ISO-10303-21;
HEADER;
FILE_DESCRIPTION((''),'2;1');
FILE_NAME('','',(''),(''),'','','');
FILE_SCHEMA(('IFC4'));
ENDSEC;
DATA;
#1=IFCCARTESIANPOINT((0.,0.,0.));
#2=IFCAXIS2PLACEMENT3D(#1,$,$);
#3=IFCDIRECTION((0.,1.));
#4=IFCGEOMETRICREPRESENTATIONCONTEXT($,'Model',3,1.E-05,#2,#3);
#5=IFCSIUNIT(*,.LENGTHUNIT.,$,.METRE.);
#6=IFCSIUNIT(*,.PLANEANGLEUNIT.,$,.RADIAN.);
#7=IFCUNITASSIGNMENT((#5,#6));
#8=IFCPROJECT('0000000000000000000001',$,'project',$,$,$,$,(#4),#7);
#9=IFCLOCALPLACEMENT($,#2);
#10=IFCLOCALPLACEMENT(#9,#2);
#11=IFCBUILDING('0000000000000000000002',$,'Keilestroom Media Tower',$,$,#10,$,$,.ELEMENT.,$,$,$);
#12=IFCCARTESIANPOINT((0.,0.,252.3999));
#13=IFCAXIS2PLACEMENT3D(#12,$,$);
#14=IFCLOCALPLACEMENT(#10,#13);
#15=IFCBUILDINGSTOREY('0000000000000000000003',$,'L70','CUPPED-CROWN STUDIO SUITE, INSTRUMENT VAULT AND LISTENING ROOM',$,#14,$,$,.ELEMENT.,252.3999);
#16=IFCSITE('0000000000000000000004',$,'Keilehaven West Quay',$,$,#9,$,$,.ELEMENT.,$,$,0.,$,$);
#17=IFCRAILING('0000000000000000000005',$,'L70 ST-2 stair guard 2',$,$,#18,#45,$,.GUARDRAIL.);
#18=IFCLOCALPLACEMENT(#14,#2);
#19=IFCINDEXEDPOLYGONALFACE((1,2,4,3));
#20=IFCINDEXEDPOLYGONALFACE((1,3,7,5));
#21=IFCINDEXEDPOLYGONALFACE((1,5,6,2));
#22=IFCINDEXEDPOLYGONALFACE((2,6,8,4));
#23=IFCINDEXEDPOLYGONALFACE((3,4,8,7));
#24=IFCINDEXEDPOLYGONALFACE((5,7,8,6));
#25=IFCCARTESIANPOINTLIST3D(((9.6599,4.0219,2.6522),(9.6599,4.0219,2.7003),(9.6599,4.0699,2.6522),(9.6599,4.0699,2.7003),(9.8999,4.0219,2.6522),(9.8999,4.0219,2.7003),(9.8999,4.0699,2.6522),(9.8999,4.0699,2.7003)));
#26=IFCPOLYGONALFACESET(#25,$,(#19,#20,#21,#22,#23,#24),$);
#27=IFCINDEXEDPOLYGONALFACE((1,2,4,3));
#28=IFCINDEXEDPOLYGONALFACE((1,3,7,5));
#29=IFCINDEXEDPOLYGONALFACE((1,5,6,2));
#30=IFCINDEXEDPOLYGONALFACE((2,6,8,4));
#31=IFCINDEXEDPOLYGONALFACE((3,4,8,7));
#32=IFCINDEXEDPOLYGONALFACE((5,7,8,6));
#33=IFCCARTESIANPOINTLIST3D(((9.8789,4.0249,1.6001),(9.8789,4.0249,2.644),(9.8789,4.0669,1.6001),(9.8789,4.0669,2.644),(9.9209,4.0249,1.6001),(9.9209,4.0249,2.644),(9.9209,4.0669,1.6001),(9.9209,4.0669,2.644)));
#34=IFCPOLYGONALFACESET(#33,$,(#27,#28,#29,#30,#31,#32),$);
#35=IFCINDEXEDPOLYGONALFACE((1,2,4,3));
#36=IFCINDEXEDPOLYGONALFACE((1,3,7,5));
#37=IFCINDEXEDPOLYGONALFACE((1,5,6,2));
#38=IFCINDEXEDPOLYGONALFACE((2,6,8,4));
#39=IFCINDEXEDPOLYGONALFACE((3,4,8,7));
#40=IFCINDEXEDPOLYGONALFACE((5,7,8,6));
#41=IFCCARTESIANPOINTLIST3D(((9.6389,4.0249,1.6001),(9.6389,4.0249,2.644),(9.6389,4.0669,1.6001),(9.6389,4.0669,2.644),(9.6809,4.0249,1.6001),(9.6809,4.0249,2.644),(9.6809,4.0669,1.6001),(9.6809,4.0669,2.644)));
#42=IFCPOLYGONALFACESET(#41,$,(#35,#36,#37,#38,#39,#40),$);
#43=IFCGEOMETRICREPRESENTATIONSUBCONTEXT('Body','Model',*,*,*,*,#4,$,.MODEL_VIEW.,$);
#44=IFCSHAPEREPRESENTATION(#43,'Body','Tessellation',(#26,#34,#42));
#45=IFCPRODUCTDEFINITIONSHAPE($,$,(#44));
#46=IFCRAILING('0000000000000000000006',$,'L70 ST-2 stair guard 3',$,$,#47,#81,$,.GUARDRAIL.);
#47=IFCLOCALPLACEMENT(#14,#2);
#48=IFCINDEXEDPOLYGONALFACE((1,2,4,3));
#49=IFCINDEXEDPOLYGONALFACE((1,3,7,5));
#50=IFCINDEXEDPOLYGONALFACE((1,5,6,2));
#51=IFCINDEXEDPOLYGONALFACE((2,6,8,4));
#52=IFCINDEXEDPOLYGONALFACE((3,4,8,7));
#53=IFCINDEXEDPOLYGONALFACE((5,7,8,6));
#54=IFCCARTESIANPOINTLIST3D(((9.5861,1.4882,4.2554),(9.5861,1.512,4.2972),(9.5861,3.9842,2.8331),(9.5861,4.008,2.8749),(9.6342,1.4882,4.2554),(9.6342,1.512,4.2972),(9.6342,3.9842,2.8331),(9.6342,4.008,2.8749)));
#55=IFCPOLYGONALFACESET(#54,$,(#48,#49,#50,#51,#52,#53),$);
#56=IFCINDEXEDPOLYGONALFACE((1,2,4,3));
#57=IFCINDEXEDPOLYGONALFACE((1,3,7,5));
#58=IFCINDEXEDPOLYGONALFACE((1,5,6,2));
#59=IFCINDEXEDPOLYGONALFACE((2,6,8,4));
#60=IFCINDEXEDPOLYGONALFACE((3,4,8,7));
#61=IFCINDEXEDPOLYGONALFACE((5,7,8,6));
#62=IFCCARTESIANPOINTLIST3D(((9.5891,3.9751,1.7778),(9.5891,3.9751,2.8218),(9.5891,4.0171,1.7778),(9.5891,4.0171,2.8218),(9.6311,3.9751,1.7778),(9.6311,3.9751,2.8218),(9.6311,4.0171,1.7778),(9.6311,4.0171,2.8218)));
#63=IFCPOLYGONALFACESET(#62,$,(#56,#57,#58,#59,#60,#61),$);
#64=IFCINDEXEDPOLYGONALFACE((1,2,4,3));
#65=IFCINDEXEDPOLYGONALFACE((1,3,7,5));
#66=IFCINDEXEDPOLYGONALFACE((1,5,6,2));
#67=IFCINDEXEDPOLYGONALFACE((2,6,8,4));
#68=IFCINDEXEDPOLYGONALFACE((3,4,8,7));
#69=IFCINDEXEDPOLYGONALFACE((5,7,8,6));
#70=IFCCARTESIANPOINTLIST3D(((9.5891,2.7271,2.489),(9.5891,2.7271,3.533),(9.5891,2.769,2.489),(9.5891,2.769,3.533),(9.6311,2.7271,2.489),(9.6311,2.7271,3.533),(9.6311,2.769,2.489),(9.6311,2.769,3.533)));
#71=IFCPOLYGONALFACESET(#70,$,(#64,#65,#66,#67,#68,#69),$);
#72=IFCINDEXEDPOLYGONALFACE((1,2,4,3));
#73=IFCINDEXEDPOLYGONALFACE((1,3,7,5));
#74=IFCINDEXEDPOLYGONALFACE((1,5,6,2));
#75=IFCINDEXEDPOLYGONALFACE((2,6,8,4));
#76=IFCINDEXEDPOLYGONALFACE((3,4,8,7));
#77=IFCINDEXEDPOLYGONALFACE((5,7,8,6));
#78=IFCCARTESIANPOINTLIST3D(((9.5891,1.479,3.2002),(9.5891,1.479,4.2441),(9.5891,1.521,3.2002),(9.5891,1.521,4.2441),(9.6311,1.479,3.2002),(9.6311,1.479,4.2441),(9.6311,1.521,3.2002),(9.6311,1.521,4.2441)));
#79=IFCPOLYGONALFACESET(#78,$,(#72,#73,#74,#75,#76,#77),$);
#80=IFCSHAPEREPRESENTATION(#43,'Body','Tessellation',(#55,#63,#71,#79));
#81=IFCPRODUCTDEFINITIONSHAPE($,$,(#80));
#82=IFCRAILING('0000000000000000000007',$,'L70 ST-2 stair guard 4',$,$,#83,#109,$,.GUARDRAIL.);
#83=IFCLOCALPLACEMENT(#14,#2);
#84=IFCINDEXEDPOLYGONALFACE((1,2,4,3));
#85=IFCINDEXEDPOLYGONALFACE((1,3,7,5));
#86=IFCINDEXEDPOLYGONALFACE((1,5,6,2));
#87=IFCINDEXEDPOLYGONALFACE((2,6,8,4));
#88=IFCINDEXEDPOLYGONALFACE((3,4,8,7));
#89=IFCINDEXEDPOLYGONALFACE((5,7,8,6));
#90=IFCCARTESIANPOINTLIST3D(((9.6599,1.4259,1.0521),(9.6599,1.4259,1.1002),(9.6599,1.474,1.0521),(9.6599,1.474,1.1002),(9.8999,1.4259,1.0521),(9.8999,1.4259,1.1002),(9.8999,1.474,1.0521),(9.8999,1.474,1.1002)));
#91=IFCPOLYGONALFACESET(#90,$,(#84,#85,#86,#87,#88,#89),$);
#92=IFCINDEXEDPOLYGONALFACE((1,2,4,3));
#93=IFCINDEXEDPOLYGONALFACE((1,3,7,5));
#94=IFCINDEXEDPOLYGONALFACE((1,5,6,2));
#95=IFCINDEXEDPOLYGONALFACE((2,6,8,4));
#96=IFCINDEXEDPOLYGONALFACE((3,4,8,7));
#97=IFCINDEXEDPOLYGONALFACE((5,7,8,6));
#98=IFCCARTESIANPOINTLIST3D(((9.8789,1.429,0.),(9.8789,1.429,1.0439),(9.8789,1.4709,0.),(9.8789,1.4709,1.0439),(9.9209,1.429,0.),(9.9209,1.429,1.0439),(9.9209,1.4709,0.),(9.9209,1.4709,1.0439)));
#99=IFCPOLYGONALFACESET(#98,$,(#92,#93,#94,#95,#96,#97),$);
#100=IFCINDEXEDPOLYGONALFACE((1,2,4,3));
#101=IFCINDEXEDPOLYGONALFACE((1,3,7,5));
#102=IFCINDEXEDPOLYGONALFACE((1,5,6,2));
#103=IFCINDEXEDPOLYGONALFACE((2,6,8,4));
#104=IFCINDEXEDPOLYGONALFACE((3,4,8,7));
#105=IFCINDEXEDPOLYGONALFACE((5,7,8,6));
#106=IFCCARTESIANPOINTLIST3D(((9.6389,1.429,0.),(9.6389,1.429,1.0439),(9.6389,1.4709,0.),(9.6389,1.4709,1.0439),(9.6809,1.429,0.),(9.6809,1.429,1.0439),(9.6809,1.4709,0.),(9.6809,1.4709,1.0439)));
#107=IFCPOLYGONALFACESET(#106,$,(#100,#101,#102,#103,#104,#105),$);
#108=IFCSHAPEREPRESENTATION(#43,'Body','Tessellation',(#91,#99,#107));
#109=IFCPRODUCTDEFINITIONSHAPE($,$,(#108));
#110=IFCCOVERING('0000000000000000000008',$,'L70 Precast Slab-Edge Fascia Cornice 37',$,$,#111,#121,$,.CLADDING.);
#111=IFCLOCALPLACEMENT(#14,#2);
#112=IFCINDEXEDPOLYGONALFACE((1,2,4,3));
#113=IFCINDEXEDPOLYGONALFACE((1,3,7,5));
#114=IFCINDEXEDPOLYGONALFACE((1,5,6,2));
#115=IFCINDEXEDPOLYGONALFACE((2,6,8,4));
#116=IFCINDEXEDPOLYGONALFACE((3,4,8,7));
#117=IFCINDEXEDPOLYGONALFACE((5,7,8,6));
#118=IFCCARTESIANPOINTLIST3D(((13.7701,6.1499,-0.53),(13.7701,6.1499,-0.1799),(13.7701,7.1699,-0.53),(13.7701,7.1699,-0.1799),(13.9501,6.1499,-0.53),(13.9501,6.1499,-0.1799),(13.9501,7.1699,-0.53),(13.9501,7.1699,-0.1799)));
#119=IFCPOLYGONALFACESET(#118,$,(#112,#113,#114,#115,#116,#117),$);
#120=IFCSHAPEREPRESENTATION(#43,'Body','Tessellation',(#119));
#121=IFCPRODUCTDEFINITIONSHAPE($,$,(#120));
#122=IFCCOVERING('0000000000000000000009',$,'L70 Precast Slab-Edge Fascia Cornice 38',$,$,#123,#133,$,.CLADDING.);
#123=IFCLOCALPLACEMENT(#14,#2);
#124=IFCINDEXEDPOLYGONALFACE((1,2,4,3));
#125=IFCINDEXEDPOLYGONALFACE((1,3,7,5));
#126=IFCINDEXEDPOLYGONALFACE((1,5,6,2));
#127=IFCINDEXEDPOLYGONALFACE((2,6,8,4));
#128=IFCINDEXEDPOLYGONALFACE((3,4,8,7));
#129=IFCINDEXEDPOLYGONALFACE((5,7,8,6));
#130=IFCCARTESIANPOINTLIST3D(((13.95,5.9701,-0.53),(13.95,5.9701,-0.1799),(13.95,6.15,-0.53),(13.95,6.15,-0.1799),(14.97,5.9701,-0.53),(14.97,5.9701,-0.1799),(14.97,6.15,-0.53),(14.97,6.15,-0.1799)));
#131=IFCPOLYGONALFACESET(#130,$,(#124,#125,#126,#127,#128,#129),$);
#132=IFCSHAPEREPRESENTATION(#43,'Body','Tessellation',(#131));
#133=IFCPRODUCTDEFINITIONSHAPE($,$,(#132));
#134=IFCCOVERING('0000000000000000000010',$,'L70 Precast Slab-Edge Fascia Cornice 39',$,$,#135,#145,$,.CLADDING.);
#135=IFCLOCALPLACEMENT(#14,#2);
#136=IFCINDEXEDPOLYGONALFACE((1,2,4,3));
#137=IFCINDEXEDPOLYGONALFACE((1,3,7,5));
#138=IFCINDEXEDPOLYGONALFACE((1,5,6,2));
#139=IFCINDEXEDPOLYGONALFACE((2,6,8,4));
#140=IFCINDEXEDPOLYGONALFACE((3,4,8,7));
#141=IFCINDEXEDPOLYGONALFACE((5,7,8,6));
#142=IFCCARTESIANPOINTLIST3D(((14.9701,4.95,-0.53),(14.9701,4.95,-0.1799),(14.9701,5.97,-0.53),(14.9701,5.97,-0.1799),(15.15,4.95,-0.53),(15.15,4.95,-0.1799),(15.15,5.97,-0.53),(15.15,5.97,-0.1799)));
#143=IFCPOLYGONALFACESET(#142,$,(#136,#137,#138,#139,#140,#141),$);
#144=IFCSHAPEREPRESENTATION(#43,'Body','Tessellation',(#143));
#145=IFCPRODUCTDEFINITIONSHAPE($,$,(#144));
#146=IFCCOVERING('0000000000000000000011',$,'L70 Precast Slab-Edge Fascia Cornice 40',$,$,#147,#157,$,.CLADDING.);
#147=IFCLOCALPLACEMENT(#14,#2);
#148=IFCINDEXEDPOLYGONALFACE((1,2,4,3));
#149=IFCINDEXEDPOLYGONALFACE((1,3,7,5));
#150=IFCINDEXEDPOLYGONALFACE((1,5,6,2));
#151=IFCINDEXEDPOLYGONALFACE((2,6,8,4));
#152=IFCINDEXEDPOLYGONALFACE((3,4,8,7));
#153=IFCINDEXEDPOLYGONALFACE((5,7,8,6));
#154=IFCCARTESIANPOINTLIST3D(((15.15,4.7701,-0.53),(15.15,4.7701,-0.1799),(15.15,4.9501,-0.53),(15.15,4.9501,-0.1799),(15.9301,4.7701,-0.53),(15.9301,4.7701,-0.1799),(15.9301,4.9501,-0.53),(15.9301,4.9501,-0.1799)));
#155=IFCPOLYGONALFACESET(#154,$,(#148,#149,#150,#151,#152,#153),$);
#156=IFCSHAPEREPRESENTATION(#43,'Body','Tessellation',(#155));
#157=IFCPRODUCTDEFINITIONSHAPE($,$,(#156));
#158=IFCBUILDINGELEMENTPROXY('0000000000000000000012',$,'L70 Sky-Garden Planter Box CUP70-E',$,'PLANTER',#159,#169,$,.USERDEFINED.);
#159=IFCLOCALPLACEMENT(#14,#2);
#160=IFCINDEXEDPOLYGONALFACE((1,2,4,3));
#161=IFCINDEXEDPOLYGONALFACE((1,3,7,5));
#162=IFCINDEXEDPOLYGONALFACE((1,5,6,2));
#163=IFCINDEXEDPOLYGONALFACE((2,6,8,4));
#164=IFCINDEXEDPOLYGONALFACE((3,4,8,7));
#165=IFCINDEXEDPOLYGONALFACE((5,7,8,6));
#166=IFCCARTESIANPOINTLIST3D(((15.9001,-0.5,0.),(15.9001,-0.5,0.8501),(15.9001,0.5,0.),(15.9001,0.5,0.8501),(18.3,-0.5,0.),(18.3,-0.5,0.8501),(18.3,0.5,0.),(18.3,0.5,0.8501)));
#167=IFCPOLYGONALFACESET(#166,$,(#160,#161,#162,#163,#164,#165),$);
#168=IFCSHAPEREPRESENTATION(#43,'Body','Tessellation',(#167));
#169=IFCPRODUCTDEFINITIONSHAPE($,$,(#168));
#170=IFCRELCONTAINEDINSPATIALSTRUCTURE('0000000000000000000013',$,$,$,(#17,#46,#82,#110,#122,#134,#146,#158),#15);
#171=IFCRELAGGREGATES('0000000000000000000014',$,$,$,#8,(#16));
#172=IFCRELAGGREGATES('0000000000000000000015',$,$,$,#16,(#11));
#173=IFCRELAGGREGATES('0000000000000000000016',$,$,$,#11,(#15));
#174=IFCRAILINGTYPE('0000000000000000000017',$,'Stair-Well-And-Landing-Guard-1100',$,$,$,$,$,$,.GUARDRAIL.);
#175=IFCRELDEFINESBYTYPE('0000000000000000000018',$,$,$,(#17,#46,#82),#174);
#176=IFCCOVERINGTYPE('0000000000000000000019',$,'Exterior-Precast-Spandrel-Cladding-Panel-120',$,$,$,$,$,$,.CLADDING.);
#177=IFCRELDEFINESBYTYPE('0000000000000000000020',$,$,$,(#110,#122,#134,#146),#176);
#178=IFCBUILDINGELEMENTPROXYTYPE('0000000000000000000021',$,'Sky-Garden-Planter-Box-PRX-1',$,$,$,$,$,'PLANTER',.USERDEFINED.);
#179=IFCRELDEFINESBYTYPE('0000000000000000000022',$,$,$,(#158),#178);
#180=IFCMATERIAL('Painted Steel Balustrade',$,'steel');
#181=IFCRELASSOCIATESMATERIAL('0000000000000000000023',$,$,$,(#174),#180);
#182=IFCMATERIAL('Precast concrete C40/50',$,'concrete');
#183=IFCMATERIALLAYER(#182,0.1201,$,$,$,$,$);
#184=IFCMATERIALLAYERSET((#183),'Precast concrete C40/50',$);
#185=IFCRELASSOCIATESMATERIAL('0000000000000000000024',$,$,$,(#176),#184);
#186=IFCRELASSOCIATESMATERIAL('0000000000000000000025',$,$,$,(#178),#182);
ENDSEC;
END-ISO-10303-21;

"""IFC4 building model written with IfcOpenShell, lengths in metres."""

from ifc_helpers import new_model, si_unit, direction, frame, origin, origin_2d, place, context, subcontext, project, spatial, rectangle, extrude, source, transform, mapped, material, layer, layer_set, type_object, element, save


model = new_model("IFC4")

# Units and contexts
model_context = context("Model", 3, precision=1e-05, world=origin(), true_north=direction((0.0, 1.0)))
body_context = subcontext(model_context, "Body", "Model", "MODEL_VIEW")
ifc_project = project(units=[si_unit("LENGTHUNIT", "METRE"), si_unit("PLANEANGLEUNIT", "RADIAN")], contexts=[model_context])

# Site, building, storey
site_placement = place(None, origin())
site = spatial("IfcSite", under=ifc_project, at=site_placement, Name="Keilehaven West Quay", CompositionType="ELEMENT", RefElevation=0.0)
building_placement = place(site_placement, origin())
building = spatial("IfcBuilding", under=site, at=building_placement, Name="Keilestroom Media Tower", CompositionType="ELEMENT")
storey_placement = place(building_placement, frame((0.0, 0.0, 252.3999)))
storey = spatial("IfcBuildingStorey", under=building, at=storey_placement, Name="L70", Description="CUPPED-CROWN STUDIO SUITE, INSTRUMENT VAULT AND LISTENING ROOM", CompositionType="ELEMENT", Elevation=252.3999)

# Shared definitions
ifc_material_1 = material(Name="Precast concrete C40/50", Category="concrete")

# Railings
ifc_material_2 = material(Name="Painted Steel Balustrade", Category="steel")
railing_type_1 = type_object("IfcRailingType", Name="Stair-Well-And-Landing-Guard-1100", PredefinedType="GUARDRAIL", material=ifc_material_2)
railing_1_placement = place(storey_placement, frame((9.8999, 4.0459, 1.6001)))
element("IfcRailing", 1, at=railing_1_placement, inside=storey, type_object=railing_type_1, Name="L70 ST-2 stair guard 2", PredefinedType="GUARDRAIL", context=body_context, shape_type="SweptSolid", body=[
    extrude(rectangle(XDim=0.0481, YDim=0.0481, at=origin_2d()), frame((0.0, 0.0, 1.0762), z_axis=(-1.0, 0.0, 0.0), x_axis=(0.0, -1.0, 0.0)), (0.0, 0.0, 1.0), 0.24),
    extrude(rectangle(XDim=0.042, YDim=0.042, at=origin_2d()), origin(), (0.0, 0.0, 1.0), 1.0439),
    extrude(rectangle(XDim=0.042, YDim=0.042, at=origin_2d()), frame((-0.24, 0.0, 0.0)), (0.0, 0.0, 1.0), 1.0439),
])
railing_2_placement = place(storey_placement, frame((9.6101, 3.9961, 1.7778)))
element("IfcRailing", 2, at=railing_2_placement, inside=storey, type_object=railing_type_1, Name="L70 ST-2 stair guard 3", PredefinedType="GUARDRAIL", context=body_context, shape_type="SweptSolid", body=[
    extrude(rectangle(XDim=0.0481, YDim=0.0481, at=origin_2d()), frame((0.0, 0.0, 1.0762), z_axis=(0.0, -0.868839, 0.495095), x_axis=(1.0, 0.0, 0.0)), (0.0, 0.0, 1.0), 2.8728),
    extrude(rectangle(XDim=0.042, YDim=0.042, at=origin_2d()), origin(), (0.0, 0.0, 1.0), 1.0439),
    extrude(rectangle(XDim=0.042, YDim=0.042, at=origin_2d()), frame((0.0, -1.248, 0.7112)), (0.0, 0.0, 1.0), 1.0439),
    extrude(rectangle(XDim=0.042, YDim=0.042, at=origin_2d()), frame((0.0, -2.4961, 1.4224)), (0.0, 0.0, 1.0), 1.0439),
])
railing_3_placement = place(storey_placement, frame((9.8999, 1.45, 0.0)))
element("IfcRailing", 3, at=railing_3_placement, inside=storey, type_object=railing_type_1, Name="L70 ST-2 stair guard 4", PredefinedType="GUARDRAIL", context=body_context, shape_type="SweptSolid", body=[
    extrude(rectangle(XDim=0.0481, YDim=0.0481, at=origin_2d()), frame((0.0, 0.0, 1.0762), z_axis=(-1.0, 0.0, 0.0), x_axis=(0.0, -1.0, 0.0)), (0.0, 0.0, 1.0), 0.24),
    extrude(rectangle(XDim=0.042, YDim=0.042, at=origin_2d()), origin(), (0.0, 0.0, 1.0), 1.0439),
    extrude(rectangle(XDim=0.042, YDim=0.042, at=origin_2d()), frame((-0.24, 0.0, 0.0)), (0.0, 0.0, 1.0), 1.0439),
])

# Coverings
ifc_layer_1 = layer(ifc_material_1, 0.1201)
ifc_layer_set_1 = layer_set([ifc_layer_1], Name="Precast concrete C40/50")
covering_type = type_object("IfcCoveringType", Name="Exterior-Precast-Spandrel-Cladding-Panel-120", PredefinedType="CLADDING", material=ifc_layer_set_1)
shared_shape_1 = source(origin(), body_context, "Body", "SweptSolid", [
    extrude(rectangle(XDim=1.02, YDim=0.1799, at=origin_2d()), origin(), (0.0, 0.0, 1.0), 0.3501),
])
for number, where, z_axis, x_axis, name in (
    (4, (13.8601, 6.6599, -0.53), (0.0, 0.0, 1.0), (0.0, -1.0, 0.0), "L70 Precast Slab-Edge Fascia Cornice 37"),
    (5, (14.46, 6.0601, -0.53), (0.0, 0.0, 1.0), (1.0, 0.0, 0.0), "L70 Precast Slab-Edge Fascia Cornice 38"),
    (6, (15.0601, 5.46, -0.53), (0.0, 0.0, 1.0), (0.0, -1.0, 0.0), "L70 Precast Slab-Edge Fascia Cornice 39"),
):
    element("IfcCovering", number, at=place(storey_placement, frame(where, z_axis=z_axis, x_axis=x_axis)), inside=storey, type_object=covering_type, Name=name, PredefinedType="CLADDING", context=body_context, shape_type="MappedRepresentation", body=[
        mapped(shared_shape_1, transform((0.0, 0.0, 0.0), x_axis=(1.0, 0.0, 0.0), y_axis=(0.0, 1.0, 0.0), z_axis=(0.0, 0.0, 1.0), scale=1.0)),
    ])
shared_shape_2 = source(origin(), body_context, "Body", "SweptSolid", [
    extrude(rectangle(XDim=0.78, YDim=0.1799, at=origin_2d()), origin(), (0.0, 0.0, 1.0), 0.3501),
])
covering_placement = place(storey_placement, frame((15.54, 4.8601, -0.53), z_axis=(0.0, 0.0, 1.0), x_axis=(1.0, 0.0, 0.0)))
element("IfcCovering", 7, at=covering_placement, inside=storey, type_object=covering_type, Name="L70 Precast Slab-Edge Fascia Cornice 40", PredefinedType="CLADDING", context=body_context, shape_type="MappedRepresentation", body=[
    mapped(shared_shape_2, transform((0.0, 0.0, 0.0), x_axis=(1.0, 0.0, 0.0), y_axis=(0.0, 1.0, 0.0), z_axis=(0.0, 0.0, 1.0), scale=1.0)),
])

# Building element proxy
building_element_proxy_type = type_object("IfcBuildingElementProxyType", Name="Sky-Garden-Planter-Box-PRX-1", ElementType="PLANTER", PredefinedType="USERDEFINED", material=ifc_material_1)
shared_shape_3 = source(origin(), body_context, "Body", "SweptSolid", [
    extrude(rectangle(XDim=2.3999, YDim=1.0, at=origin_2d()), origin(), (0.0, 0.0, 1.0), 0.8501),
])
proxy_placement = place(storey_placement, frame((17.1001, 0.0, 0.0), z_axis=(0.0, 0.0, 1.0), x_axis=(1.0, 0.0, 0.0)))
element("IfcBuildingElementProxy", 8, at=proxy_placement, inside=storey, type_object=building_element_proxy_type, Name="L70 Sky-Garden Planter Box CUP70-E", ObjectType="PLANTER", PredefinedType="USERDEFINED", context=body_context, shape_type="MappedRepresentation", body=[
    mapped(shared_shape_3, transform((0.0, 0.0, 0.0), x_axis=(1.0, 0.0, 0.0), y_axis=(0.0, 1.0, 0.0), z_axis=(0.0, 0.0, 1.0), scale=1.0)),
])

save(model, "model.ifc")
